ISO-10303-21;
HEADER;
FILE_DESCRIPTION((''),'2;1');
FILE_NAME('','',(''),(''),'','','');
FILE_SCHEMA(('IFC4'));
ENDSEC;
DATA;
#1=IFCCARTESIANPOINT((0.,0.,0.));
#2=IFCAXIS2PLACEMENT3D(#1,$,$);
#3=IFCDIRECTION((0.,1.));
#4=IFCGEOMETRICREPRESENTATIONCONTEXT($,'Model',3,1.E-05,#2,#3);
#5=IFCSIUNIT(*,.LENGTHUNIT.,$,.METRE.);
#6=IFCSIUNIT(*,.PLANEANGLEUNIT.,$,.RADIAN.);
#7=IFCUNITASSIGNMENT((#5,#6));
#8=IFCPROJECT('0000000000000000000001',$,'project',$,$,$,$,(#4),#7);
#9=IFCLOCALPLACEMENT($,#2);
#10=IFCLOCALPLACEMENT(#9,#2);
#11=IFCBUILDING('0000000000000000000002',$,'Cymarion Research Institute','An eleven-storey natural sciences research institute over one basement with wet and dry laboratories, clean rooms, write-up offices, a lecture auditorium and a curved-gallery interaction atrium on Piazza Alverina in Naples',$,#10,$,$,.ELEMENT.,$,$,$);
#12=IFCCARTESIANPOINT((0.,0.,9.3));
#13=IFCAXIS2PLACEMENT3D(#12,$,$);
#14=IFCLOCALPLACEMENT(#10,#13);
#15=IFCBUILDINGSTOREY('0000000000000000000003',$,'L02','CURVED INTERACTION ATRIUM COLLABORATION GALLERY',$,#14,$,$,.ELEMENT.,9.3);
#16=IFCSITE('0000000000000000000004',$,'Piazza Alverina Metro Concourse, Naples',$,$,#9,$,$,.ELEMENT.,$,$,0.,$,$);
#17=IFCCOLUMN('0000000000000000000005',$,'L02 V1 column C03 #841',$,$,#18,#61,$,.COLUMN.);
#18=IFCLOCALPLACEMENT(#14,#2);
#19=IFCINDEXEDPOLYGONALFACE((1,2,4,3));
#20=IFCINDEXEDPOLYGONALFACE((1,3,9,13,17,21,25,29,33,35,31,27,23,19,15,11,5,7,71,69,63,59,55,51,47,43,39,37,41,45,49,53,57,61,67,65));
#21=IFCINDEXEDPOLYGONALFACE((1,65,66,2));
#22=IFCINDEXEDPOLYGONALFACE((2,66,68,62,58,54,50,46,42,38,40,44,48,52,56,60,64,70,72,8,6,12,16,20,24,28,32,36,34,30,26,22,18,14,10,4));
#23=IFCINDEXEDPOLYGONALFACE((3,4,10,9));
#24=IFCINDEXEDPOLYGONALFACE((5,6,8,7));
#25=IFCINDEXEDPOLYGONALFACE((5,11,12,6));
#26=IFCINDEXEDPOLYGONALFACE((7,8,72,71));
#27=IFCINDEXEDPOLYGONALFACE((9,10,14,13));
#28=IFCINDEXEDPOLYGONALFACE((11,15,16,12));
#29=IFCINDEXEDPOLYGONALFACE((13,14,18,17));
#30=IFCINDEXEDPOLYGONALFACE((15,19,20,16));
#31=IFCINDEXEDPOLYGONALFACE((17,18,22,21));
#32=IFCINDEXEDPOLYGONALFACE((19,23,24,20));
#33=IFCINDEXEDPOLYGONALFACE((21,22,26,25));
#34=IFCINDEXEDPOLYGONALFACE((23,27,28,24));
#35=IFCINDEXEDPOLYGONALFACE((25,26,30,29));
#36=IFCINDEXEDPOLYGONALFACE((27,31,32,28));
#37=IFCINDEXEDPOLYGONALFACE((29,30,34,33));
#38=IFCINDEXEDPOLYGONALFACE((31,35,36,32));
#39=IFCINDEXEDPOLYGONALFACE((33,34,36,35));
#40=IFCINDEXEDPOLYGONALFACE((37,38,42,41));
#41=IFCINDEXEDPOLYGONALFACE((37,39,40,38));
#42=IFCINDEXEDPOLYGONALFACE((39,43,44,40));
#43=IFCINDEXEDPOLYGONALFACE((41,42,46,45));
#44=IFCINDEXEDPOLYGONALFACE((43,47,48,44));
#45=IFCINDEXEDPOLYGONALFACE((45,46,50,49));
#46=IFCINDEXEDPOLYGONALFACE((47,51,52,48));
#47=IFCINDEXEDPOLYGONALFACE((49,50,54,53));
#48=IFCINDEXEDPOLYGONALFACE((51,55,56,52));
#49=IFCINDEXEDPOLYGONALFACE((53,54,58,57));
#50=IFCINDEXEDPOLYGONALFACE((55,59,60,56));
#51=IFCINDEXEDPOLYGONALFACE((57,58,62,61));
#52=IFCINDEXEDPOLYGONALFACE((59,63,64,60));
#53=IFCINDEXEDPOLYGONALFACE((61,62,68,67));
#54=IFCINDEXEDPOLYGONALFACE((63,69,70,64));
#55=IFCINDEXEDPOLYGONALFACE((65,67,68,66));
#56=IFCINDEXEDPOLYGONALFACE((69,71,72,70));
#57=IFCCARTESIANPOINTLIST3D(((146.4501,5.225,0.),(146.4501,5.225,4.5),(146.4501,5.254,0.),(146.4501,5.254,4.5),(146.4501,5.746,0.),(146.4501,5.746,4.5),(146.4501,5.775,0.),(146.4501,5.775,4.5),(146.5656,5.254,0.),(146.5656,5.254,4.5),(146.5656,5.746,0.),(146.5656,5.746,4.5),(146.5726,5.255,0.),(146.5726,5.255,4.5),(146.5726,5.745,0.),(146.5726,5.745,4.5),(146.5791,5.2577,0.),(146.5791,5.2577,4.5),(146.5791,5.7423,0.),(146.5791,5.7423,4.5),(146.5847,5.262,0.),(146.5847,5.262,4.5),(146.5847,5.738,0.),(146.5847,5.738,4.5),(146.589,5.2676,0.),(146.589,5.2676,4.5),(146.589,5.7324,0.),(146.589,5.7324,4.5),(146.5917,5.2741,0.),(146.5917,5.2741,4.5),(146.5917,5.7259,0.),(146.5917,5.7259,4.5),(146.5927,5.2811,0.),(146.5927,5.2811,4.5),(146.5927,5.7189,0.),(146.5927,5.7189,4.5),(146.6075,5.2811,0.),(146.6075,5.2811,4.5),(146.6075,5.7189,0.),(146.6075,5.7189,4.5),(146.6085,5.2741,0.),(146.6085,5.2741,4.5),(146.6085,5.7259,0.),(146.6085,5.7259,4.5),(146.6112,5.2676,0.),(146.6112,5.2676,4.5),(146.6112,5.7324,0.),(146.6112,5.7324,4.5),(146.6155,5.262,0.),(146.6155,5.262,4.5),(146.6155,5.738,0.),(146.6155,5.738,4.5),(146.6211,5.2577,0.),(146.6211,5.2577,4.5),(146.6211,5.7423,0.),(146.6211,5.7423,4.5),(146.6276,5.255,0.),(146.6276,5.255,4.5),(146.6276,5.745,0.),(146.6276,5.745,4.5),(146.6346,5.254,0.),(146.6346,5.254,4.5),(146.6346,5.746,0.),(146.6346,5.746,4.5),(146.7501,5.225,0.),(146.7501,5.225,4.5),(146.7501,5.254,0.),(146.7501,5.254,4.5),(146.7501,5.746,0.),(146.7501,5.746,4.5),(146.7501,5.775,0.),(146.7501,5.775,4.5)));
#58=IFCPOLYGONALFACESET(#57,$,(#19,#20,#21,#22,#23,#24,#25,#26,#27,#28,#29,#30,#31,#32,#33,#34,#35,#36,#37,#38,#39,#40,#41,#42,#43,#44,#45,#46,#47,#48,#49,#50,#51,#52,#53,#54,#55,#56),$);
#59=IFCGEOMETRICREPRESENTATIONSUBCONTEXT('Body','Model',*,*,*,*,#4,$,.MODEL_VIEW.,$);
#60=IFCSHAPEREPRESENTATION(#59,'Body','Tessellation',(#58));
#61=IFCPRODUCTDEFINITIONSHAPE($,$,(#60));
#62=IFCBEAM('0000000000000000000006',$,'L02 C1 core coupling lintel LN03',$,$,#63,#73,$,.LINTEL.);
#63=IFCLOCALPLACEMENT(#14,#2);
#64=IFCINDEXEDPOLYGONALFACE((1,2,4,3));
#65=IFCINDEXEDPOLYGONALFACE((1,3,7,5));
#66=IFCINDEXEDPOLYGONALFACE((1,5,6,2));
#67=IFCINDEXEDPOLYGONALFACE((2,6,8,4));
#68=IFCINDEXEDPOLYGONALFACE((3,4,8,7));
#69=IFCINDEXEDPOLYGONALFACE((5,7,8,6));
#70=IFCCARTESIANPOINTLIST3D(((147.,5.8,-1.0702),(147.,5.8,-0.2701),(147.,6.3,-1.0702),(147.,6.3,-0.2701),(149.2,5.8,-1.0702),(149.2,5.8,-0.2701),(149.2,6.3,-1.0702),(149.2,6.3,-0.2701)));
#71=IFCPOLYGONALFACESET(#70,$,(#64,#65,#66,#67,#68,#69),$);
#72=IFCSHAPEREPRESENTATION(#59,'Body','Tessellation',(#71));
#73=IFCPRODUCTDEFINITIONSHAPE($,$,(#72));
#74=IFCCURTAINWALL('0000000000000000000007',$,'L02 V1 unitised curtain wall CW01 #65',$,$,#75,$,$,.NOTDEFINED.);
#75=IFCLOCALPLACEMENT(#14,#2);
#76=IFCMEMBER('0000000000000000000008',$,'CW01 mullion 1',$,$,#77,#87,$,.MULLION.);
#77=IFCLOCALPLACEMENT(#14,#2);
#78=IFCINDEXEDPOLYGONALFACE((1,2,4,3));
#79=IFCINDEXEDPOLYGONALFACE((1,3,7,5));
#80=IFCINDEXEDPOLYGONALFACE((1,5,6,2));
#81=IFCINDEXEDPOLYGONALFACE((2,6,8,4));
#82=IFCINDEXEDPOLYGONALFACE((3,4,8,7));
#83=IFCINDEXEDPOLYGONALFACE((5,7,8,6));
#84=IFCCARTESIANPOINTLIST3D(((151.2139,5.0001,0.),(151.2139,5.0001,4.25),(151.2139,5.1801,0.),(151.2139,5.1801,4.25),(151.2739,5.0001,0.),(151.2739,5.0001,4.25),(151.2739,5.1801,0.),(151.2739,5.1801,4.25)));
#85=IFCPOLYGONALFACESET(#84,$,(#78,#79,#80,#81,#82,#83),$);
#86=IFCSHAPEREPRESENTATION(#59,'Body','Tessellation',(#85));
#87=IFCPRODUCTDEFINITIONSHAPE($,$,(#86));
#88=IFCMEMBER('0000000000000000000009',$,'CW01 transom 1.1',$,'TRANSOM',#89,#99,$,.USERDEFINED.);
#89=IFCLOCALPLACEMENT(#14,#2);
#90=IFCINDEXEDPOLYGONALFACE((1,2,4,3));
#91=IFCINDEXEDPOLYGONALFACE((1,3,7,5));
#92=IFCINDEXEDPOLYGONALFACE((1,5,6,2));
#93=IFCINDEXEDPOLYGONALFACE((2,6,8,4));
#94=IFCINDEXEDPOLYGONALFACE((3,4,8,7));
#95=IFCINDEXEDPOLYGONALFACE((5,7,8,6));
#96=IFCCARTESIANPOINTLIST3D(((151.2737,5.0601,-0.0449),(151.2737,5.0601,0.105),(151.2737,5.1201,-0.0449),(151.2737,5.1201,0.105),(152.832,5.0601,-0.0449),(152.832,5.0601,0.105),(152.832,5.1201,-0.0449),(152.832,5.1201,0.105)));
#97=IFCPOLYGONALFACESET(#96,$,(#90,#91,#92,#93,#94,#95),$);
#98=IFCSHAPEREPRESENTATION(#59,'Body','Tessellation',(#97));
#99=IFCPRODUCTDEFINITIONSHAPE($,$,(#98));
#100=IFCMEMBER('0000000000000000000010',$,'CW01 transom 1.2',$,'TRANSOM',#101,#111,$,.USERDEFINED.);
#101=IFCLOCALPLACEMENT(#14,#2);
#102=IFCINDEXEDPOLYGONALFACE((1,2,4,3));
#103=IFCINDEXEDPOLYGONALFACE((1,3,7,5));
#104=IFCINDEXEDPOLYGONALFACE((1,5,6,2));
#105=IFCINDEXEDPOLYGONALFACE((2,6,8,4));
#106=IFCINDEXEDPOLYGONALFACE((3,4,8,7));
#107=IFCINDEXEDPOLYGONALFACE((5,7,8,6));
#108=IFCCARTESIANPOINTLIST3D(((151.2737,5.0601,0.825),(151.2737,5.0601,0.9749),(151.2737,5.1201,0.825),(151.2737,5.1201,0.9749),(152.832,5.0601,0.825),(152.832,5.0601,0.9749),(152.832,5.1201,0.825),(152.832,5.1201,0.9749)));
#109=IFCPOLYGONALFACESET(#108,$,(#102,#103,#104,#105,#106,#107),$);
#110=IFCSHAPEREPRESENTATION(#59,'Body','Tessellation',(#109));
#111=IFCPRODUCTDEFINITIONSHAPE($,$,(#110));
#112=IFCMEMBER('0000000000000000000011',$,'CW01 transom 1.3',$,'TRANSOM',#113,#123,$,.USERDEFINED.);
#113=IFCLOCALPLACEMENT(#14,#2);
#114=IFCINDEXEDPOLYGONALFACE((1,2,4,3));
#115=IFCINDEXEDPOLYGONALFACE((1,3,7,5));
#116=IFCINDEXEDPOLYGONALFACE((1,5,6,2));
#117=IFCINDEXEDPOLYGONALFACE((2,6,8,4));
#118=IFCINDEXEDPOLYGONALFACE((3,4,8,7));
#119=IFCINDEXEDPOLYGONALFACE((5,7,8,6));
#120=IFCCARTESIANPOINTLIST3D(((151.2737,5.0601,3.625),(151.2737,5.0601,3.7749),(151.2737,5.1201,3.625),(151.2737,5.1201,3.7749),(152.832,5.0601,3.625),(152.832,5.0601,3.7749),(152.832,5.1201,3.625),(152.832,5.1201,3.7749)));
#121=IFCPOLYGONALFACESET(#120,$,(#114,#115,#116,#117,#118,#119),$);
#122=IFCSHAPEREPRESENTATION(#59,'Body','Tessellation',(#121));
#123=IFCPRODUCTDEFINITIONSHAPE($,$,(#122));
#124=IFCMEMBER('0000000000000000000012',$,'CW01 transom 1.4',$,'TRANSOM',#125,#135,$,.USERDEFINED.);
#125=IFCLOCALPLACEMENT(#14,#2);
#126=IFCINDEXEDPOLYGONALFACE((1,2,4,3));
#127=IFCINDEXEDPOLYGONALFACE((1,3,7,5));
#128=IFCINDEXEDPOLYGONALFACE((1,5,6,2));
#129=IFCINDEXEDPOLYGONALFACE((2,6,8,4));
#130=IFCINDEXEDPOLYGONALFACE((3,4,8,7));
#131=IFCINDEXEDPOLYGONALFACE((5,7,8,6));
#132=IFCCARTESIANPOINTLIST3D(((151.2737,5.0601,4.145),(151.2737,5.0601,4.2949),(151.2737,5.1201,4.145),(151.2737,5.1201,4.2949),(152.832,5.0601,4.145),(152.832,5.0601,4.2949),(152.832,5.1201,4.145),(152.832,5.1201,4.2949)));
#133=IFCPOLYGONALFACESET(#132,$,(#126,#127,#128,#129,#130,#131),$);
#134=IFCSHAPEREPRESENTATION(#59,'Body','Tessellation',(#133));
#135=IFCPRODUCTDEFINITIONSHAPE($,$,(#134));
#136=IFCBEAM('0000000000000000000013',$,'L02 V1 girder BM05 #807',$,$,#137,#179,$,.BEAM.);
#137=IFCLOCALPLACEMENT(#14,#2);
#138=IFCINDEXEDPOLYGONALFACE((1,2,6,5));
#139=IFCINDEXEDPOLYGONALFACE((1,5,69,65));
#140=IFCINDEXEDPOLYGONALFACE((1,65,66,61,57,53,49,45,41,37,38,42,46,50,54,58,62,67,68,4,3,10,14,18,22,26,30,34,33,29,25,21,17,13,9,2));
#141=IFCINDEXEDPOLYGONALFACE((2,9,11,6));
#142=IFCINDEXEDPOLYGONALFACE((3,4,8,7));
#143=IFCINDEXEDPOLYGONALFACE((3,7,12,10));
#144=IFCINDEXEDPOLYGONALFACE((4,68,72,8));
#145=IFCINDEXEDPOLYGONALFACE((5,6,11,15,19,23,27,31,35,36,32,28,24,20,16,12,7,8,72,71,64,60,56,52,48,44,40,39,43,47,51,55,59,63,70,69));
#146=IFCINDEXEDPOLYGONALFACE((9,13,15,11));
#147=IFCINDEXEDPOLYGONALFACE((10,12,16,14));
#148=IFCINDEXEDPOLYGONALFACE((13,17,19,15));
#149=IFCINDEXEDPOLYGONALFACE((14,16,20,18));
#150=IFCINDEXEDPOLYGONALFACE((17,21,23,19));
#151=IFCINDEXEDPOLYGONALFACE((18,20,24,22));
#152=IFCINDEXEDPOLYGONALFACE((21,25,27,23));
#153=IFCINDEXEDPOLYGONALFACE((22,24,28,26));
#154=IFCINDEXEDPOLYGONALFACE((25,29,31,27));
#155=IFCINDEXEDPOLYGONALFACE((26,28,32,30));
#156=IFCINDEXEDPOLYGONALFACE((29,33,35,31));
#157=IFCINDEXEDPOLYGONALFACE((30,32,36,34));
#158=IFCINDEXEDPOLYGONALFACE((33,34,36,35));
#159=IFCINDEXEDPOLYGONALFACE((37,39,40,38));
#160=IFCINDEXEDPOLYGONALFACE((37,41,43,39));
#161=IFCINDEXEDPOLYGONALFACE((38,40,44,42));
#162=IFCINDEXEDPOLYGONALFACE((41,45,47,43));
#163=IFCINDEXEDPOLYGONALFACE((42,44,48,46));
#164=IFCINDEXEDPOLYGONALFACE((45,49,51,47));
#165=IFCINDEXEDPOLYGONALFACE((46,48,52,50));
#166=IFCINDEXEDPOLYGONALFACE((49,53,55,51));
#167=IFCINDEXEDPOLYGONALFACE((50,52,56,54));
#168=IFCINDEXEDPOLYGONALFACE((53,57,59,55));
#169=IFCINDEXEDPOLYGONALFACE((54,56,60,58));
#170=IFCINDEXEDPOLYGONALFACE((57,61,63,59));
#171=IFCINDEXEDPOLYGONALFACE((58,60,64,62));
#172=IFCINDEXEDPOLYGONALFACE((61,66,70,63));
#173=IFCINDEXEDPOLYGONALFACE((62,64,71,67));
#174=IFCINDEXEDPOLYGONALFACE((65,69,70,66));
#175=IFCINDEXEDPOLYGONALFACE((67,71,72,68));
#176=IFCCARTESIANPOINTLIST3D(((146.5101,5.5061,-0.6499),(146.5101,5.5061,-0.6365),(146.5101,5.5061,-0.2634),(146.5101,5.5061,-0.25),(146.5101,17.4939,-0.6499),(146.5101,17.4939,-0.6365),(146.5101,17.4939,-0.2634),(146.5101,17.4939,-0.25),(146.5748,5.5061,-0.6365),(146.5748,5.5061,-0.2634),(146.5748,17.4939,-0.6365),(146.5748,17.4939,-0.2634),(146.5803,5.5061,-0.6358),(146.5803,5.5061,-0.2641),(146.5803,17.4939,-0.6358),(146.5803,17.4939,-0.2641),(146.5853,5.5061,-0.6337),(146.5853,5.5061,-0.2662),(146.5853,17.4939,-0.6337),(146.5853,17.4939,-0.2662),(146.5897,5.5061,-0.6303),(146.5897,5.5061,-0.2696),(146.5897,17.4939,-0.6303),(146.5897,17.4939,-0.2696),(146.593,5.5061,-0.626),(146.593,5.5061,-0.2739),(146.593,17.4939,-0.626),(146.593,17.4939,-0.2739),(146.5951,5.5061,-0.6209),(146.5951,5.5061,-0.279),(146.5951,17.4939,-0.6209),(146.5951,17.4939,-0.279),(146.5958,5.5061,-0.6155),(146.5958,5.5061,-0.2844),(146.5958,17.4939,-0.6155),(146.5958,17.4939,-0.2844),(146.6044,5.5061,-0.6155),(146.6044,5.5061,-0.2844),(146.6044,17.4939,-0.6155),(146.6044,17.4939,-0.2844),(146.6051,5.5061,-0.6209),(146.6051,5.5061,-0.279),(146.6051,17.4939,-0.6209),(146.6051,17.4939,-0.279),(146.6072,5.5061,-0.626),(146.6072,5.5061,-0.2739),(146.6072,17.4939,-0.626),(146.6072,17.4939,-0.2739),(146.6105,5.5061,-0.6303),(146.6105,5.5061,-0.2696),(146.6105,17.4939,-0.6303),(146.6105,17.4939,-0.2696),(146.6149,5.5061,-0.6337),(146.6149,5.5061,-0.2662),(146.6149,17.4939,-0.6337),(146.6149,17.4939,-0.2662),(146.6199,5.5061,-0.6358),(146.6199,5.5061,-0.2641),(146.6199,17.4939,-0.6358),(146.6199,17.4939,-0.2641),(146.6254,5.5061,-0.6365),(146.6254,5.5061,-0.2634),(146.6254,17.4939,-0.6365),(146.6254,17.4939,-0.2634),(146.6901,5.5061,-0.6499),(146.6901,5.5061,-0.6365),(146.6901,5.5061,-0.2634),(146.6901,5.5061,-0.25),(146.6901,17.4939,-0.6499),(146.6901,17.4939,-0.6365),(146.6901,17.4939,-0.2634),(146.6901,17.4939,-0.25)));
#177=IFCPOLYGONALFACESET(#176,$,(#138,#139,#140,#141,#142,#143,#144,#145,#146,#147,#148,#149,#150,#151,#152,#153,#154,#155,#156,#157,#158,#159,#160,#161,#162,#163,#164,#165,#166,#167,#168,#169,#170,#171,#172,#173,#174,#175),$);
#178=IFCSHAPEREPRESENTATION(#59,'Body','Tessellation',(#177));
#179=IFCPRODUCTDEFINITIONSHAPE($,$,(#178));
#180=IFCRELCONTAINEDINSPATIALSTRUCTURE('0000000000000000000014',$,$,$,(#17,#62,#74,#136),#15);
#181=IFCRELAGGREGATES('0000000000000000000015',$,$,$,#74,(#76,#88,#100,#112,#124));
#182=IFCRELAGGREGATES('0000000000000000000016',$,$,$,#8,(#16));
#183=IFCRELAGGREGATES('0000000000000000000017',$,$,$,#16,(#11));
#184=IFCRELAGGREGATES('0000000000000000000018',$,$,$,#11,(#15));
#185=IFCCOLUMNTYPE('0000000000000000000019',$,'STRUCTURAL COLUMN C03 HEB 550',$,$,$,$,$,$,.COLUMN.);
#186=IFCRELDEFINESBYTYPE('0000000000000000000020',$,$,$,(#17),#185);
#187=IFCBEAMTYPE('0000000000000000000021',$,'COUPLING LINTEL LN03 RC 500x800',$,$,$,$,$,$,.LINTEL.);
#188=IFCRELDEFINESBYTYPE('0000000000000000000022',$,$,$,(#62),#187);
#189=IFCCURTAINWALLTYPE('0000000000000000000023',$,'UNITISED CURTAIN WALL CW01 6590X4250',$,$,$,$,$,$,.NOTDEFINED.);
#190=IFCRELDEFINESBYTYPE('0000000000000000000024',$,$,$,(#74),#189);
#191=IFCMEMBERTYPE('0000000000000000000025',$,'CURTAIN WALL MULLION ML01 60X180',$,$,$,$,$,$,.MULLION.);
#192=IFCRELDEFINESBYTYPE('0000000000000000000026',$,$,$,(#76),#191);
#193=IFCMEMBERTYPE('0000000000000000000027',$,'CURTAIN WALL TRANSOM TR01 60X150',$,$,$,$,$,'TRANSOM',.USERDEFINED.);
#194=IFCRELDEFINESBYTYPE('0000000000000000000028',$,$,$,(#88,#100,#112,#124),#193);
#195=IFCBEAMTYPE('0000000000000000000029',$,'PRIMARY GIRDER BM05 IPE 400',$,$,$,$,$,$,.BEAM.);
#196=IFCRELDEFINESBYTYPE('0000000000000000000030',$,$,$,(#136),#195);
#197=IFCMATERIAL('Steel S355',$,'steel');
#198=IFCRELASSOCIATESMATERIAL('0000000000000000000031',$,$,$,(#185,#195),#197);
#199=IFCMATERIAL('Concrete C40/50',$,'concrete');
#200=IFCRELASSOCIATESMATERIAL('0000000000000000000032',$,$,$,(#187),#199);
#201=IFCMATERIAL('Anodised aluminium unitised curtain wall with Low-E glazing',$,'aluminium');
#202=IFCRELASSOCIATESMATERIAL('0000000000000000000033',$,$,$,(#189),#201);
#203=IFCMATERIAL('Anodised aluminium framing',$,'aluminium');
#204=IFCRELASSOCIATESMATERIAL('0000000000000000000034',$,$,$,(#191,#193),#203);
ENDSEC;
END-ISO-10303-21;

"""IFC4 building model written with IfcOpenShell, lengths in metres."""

from ifc_helpers import new_model, si_unit, direction, frame, origin, origin_2d, place, context, subcontext, project, spatial, rectangle, i_section, extrude, material, material_profile, profile_set, type_object, element, aggregate, save


model = new_model("IFC4")

# Units and contexts
model_context = context("Model", 3, precision=1e-05, world=origin(), true_north=direction((0.0, 1.0)))
body_context = subcontext(model_context, "Body", "Model", "MODEL_VIEW")
ifc_project = project(units=[si_unit("LENGTHUNIT", "METRE"), si_unit("PLANEANGLEUNIT", "RADIAN")], contexts=[model_context])

# Site, building, storey
site_placement = place(None, origin())
site = spatial("IfcSite", under=ifc_project, at=site_placement, Name="Piazza Alverina Metro Concourse, Naples", CompositionType="ELEMENT", RefElevation=0.0)
building_placement = place(site_placement, origin())
building = spatial("IfcBuilding", under=site, at=building_placement, Name="Cymarion Research Institute", Description="An eleven-storey natural sciences research institute over one basement with wet and dry laboratories, clean rooms, write-up offices, a lecture auditorium and a curved-gallery interaction atrium on Piazza Alverina in Naples", CompositionType="ELEMENT")
storey_placement = place(building_placement, frame((0.0, 0.0, 9.3)))
storey = spatial("IfcBuildingStorey", under=building, at=storey_placement, Name="L02", Description="CURVED INTERACTION ATRIUM COLLABORATION GALLERY", CompositionType="ELEMENT", Elevation=9.3)

# Column
ifc_material_1 = material(Name="Steel S355", Category="steel")
ifc_material_profile_1 = material_profile(ifc_material_1, i_section(OverallWidth=0.3, OverallDepth=0.55, WebThickness=0.0149, FlangeThickness=0.0291, FilletRadius=0.0271, at=origin_2d()), Name="HEB 550")
ifc_profile_set_1 = profile_set([ifc_material_profile_1], Name="Steel S355")
column_type = type_object("IfcColumnType", Name="STRUCTURAL COLUMN C03 HEB 550", PredefinedType="COLUMN", material=ifc_profile_set_1)
column_placement = place(storey_placement, frame((146.6001, 5.5, 0.0), z_axis=(0.0, 0.0, 1.0), x_axis=(1.0, 0.0, 0.0)))
element("IfcColumn", 1, at=column_placement, inside=storey, type_object=column_type, Name="L02 V1 column C03 #841", PredefinedType="COLUMN", context=body_context, shape_type="SweptSolid", body=[
    extrude(i_section(OverallWidth=0.3, OverallDepth=0.55, WebThickness=0.0149, FlangeThickness=0.0291, FilletRadius=0.0271, at=origin_2d()), origin(), (0.0, 0.0, 1.0), 4.5),
])

# Beam
ifc_material_2 = material(Name="Concrete C40/50", Category="concrete")
ifc_material_profile_2 = material_profile(ifc_material_2, rectangle(XDim=0.5, YDim=0.8, at=origin_2d()), Name="RC 500x800")
ifc_profile_set_2 = profile_set([ifc_material_profile_2], Name="Concrete C40/50")
beam_type_1 = type_object("IfcBeamType", Name="COUPLING LINTEL LN03 RC 500x800", PredefinedType="LINTEL", material=ifc_profile_set_2)
beam_1_placement = place(storey_placement, frame((147.0, 6.05, -0.6702), z_axis=(1.0, 0.0, 0.0), x_axis=(0.0, 1.0, 0.0)))
element("IfcBeam", 2, at=beam_1_placement, inside=storey, type_object=beam_type_1, Name="L02 C1 core coupling lintel LN03", PredefinedType="LINTEL", context=body_context, shape_type="SweptSolid", body=[
    extrude(rectangle(XDim=0.5, YDim=0.8, at=origin_2d()), origin(), (0.0, 0.0, 1.0), 2.2),
])

# Curtain wall, members
ifc_material_3 = material(Name="Anodised aluminium unitised curtain wall with Low-E glazing", Category="aluminium")
curtain_wall_type = type_object("IfcCurtainWallType", Name="UNITISED CURTAIN WALL CW01 6590X4250", PredefinedType="NOTDEFINED", material=ifc_material_3)
curtain_wall_placement = place(storey_placement, origin())
curtain_wall = element("IfcCurtainWall", 3, at=curtain_wall_placement, inside=storey, type_object=curtain_wall_type, Name="L02 V1 unitised curtain wall CW01 #65", PredefinedType="NOTDEFINED")
ifc_material_4 = material(Name="Anodised aluminium framing", Category="aluminium")
ifc_material_profile_3 = material_profile(ifc_material_4, rectangle(XDim=0.0601, YDim=0.1799, at=origin_2d()), Name="ALU MULLION 60x180")
ifc_profile_set_3 = profile_set([ifc_material_profile_3], Name="Anodised aluminium framing")
member_type_1 = type_object("IfcMemberType", Name="CURTAIN WALL MULLION ML01 60X180", PredefinedType="MULLION", material=ifc_profile_set_3)
member_1_placement = place(storey_placement, frame((151.2439, 5.0901, 0.0), z_axis=(0.0, 0.0, 1.0), x_axis=(1.0, 0.0, 0.0)))
member_1 = element("IfcMember", 4, at=member_1_placement, type_object=member_type_1, Name="CW01 mullion 1", PredefinedType="MULLION", context=body_context, shape_type="SweptSolid", body=[
    extrude(rectangle(XDim=0.0601, YDim=0.1799, at=origin_2d()), origin(), (0.0, 0.0, 1.0), 4.25),
])
ifc_material_profile_4 = material_profile(ifc_material_4, rectangle(XDim=0.0601, YDim=0.1499, at=origin_2d()), Name="ALU TRANSOM 60x150")
ifc_profile_set_4 = profile_set([ifc_material_profile_4], Name="Anodised aluminium framing")
member_type_2 = type_object("IfcMemberType", Name="CURTAIN WALL TRANSOM TR01 60X150", ElementType="TRANSOM", PredefinedType="USERDEFINED", material=ifc_profile_set_4)
member_2_placement = place(storey_placement, frame((151.2737, 5.0901, 0.03), z_axis=(1.0, 0.0, 0.0), x_axis=(0.0, 1.0, 0.0)))
member_2 = element("IfcMember", 5, at=member_2_placement, type_object=member_type_2, Name="CW01 transom 1.1", ObjectType="TRANSOM", PredefinedType="USERDEFINED", context=body_context, shape_type="SweptSolid", body=[
    extrude(rectangle(XDim=0.0601, YDim=0.1499, at=origin_2d()), origin(), (0.0, 0.0, 1.0), 1.5583),
])
member_3_placement = place(storey_placement, frame((151.2737, 5.0901, 0.8999), z_axis=(1.0, 0.0, 0.0), x_axis=(0.0, 1.0, 0.0)))
member_3 = element("IfcMember", 6, at=member_3_placement, type_object=member_type_2, Name="CW01 transom 1.2", ObjectType="TRANSOM", PredefinedType="USERDEFINED", context=body_context, shape_type="SweptSolid", body=[
    extrude(rectangle(XDim=0.0601, YDim=0.1499, at=origin_2d()), origin(), (0.0, 0.0, 1.0), 1.5583),
])
member_4_placement = place(storey_placement, frame((151.2737, 5.0901, 3.7), z_axis=(1.0, 0.0, 0.0), x_axis=(0.0, 1.0, 0.0)))
member_4 = element("IfcMember", 7, at=member_4_placement, type_object=member_type_2, Name="CW01 transom 1.3", ObjectType="TRANSOM", PredefinedType="USERDEFINED", context=body_context, shape_type="SweptSolid", body=[
    extrude(rectangle(XDim=0.0601, YDim=0.1499, at=origin_2d()), origin(), (0.0, 0.0, 1.0), 1.5583),
])
member_5_placement = place(storey_placement, frame((151.2737, 5.0901, 4.22), z_axis=(1.0, 0.0, 0.0), x_axis=(0.0, 1.0, 0.0)))
member_5 = element("IfcMember", 8, at=member_5_placement, type_object=member_type_2, Name="CW01 transom 1.4", ObjectType="TRANSOM", PredefinedType="USERDEFINED", context=body_context, shape_type="SweptSolid", body=[
    extrude(rectangle(XDim=0.0601, YDim=0.1499, at=origin_2d()), origin(), (0.0, 0.0, 1.0), 1.5583),
])

# Beam
ifc_material_profile_5 = material_profile(ifc_material_1, i_section(OverallWidth=0.1799, OverallDepth=0.3999, WebThickness=0.0085, FlangeThickness=0.0134, FilletRadius=0.021, at=origin_2d()), Name="IPE 400")
ifc_profile_set_5 = profile_set([ifc_material_profile_5], Name="Steel S355")
beam_type_2 = type_object("IfcBeamType", Name="PRIMARY GIRDER BM05 IPE 400", PredefinedType="BEAM", material=ifc_profile_set_5)
beam_2_placement = place(storey_placement, frame((146.6001, 5.5061, -0.45), z_axis=(0.0, 1.0, 0.0), x_axis=(-1.0, 0.0, 0.0)))
element("IfcBeam", 9, at=beam_2_placement, inside=storey, type_object=beam_type_2, Name="L02 V1 girder BM05 #807", PredefinedType="BEAM", context=body_context, shape_type="SweptSolid", body=[
    extrude(i_section(OverallWidth=0.1799, OverallDepth=0.3999, WebThickness=0.0085, FlangeThickness=0.0134, FilletRadius=0.021, at=origin_2d()), origin(), (0.0, 0.0, 1.0), 11.9878),
])

aggregate(curtain_wall, [member_1, member_2, member_3, member_4, member_5])

save(model, "model.ifc")
